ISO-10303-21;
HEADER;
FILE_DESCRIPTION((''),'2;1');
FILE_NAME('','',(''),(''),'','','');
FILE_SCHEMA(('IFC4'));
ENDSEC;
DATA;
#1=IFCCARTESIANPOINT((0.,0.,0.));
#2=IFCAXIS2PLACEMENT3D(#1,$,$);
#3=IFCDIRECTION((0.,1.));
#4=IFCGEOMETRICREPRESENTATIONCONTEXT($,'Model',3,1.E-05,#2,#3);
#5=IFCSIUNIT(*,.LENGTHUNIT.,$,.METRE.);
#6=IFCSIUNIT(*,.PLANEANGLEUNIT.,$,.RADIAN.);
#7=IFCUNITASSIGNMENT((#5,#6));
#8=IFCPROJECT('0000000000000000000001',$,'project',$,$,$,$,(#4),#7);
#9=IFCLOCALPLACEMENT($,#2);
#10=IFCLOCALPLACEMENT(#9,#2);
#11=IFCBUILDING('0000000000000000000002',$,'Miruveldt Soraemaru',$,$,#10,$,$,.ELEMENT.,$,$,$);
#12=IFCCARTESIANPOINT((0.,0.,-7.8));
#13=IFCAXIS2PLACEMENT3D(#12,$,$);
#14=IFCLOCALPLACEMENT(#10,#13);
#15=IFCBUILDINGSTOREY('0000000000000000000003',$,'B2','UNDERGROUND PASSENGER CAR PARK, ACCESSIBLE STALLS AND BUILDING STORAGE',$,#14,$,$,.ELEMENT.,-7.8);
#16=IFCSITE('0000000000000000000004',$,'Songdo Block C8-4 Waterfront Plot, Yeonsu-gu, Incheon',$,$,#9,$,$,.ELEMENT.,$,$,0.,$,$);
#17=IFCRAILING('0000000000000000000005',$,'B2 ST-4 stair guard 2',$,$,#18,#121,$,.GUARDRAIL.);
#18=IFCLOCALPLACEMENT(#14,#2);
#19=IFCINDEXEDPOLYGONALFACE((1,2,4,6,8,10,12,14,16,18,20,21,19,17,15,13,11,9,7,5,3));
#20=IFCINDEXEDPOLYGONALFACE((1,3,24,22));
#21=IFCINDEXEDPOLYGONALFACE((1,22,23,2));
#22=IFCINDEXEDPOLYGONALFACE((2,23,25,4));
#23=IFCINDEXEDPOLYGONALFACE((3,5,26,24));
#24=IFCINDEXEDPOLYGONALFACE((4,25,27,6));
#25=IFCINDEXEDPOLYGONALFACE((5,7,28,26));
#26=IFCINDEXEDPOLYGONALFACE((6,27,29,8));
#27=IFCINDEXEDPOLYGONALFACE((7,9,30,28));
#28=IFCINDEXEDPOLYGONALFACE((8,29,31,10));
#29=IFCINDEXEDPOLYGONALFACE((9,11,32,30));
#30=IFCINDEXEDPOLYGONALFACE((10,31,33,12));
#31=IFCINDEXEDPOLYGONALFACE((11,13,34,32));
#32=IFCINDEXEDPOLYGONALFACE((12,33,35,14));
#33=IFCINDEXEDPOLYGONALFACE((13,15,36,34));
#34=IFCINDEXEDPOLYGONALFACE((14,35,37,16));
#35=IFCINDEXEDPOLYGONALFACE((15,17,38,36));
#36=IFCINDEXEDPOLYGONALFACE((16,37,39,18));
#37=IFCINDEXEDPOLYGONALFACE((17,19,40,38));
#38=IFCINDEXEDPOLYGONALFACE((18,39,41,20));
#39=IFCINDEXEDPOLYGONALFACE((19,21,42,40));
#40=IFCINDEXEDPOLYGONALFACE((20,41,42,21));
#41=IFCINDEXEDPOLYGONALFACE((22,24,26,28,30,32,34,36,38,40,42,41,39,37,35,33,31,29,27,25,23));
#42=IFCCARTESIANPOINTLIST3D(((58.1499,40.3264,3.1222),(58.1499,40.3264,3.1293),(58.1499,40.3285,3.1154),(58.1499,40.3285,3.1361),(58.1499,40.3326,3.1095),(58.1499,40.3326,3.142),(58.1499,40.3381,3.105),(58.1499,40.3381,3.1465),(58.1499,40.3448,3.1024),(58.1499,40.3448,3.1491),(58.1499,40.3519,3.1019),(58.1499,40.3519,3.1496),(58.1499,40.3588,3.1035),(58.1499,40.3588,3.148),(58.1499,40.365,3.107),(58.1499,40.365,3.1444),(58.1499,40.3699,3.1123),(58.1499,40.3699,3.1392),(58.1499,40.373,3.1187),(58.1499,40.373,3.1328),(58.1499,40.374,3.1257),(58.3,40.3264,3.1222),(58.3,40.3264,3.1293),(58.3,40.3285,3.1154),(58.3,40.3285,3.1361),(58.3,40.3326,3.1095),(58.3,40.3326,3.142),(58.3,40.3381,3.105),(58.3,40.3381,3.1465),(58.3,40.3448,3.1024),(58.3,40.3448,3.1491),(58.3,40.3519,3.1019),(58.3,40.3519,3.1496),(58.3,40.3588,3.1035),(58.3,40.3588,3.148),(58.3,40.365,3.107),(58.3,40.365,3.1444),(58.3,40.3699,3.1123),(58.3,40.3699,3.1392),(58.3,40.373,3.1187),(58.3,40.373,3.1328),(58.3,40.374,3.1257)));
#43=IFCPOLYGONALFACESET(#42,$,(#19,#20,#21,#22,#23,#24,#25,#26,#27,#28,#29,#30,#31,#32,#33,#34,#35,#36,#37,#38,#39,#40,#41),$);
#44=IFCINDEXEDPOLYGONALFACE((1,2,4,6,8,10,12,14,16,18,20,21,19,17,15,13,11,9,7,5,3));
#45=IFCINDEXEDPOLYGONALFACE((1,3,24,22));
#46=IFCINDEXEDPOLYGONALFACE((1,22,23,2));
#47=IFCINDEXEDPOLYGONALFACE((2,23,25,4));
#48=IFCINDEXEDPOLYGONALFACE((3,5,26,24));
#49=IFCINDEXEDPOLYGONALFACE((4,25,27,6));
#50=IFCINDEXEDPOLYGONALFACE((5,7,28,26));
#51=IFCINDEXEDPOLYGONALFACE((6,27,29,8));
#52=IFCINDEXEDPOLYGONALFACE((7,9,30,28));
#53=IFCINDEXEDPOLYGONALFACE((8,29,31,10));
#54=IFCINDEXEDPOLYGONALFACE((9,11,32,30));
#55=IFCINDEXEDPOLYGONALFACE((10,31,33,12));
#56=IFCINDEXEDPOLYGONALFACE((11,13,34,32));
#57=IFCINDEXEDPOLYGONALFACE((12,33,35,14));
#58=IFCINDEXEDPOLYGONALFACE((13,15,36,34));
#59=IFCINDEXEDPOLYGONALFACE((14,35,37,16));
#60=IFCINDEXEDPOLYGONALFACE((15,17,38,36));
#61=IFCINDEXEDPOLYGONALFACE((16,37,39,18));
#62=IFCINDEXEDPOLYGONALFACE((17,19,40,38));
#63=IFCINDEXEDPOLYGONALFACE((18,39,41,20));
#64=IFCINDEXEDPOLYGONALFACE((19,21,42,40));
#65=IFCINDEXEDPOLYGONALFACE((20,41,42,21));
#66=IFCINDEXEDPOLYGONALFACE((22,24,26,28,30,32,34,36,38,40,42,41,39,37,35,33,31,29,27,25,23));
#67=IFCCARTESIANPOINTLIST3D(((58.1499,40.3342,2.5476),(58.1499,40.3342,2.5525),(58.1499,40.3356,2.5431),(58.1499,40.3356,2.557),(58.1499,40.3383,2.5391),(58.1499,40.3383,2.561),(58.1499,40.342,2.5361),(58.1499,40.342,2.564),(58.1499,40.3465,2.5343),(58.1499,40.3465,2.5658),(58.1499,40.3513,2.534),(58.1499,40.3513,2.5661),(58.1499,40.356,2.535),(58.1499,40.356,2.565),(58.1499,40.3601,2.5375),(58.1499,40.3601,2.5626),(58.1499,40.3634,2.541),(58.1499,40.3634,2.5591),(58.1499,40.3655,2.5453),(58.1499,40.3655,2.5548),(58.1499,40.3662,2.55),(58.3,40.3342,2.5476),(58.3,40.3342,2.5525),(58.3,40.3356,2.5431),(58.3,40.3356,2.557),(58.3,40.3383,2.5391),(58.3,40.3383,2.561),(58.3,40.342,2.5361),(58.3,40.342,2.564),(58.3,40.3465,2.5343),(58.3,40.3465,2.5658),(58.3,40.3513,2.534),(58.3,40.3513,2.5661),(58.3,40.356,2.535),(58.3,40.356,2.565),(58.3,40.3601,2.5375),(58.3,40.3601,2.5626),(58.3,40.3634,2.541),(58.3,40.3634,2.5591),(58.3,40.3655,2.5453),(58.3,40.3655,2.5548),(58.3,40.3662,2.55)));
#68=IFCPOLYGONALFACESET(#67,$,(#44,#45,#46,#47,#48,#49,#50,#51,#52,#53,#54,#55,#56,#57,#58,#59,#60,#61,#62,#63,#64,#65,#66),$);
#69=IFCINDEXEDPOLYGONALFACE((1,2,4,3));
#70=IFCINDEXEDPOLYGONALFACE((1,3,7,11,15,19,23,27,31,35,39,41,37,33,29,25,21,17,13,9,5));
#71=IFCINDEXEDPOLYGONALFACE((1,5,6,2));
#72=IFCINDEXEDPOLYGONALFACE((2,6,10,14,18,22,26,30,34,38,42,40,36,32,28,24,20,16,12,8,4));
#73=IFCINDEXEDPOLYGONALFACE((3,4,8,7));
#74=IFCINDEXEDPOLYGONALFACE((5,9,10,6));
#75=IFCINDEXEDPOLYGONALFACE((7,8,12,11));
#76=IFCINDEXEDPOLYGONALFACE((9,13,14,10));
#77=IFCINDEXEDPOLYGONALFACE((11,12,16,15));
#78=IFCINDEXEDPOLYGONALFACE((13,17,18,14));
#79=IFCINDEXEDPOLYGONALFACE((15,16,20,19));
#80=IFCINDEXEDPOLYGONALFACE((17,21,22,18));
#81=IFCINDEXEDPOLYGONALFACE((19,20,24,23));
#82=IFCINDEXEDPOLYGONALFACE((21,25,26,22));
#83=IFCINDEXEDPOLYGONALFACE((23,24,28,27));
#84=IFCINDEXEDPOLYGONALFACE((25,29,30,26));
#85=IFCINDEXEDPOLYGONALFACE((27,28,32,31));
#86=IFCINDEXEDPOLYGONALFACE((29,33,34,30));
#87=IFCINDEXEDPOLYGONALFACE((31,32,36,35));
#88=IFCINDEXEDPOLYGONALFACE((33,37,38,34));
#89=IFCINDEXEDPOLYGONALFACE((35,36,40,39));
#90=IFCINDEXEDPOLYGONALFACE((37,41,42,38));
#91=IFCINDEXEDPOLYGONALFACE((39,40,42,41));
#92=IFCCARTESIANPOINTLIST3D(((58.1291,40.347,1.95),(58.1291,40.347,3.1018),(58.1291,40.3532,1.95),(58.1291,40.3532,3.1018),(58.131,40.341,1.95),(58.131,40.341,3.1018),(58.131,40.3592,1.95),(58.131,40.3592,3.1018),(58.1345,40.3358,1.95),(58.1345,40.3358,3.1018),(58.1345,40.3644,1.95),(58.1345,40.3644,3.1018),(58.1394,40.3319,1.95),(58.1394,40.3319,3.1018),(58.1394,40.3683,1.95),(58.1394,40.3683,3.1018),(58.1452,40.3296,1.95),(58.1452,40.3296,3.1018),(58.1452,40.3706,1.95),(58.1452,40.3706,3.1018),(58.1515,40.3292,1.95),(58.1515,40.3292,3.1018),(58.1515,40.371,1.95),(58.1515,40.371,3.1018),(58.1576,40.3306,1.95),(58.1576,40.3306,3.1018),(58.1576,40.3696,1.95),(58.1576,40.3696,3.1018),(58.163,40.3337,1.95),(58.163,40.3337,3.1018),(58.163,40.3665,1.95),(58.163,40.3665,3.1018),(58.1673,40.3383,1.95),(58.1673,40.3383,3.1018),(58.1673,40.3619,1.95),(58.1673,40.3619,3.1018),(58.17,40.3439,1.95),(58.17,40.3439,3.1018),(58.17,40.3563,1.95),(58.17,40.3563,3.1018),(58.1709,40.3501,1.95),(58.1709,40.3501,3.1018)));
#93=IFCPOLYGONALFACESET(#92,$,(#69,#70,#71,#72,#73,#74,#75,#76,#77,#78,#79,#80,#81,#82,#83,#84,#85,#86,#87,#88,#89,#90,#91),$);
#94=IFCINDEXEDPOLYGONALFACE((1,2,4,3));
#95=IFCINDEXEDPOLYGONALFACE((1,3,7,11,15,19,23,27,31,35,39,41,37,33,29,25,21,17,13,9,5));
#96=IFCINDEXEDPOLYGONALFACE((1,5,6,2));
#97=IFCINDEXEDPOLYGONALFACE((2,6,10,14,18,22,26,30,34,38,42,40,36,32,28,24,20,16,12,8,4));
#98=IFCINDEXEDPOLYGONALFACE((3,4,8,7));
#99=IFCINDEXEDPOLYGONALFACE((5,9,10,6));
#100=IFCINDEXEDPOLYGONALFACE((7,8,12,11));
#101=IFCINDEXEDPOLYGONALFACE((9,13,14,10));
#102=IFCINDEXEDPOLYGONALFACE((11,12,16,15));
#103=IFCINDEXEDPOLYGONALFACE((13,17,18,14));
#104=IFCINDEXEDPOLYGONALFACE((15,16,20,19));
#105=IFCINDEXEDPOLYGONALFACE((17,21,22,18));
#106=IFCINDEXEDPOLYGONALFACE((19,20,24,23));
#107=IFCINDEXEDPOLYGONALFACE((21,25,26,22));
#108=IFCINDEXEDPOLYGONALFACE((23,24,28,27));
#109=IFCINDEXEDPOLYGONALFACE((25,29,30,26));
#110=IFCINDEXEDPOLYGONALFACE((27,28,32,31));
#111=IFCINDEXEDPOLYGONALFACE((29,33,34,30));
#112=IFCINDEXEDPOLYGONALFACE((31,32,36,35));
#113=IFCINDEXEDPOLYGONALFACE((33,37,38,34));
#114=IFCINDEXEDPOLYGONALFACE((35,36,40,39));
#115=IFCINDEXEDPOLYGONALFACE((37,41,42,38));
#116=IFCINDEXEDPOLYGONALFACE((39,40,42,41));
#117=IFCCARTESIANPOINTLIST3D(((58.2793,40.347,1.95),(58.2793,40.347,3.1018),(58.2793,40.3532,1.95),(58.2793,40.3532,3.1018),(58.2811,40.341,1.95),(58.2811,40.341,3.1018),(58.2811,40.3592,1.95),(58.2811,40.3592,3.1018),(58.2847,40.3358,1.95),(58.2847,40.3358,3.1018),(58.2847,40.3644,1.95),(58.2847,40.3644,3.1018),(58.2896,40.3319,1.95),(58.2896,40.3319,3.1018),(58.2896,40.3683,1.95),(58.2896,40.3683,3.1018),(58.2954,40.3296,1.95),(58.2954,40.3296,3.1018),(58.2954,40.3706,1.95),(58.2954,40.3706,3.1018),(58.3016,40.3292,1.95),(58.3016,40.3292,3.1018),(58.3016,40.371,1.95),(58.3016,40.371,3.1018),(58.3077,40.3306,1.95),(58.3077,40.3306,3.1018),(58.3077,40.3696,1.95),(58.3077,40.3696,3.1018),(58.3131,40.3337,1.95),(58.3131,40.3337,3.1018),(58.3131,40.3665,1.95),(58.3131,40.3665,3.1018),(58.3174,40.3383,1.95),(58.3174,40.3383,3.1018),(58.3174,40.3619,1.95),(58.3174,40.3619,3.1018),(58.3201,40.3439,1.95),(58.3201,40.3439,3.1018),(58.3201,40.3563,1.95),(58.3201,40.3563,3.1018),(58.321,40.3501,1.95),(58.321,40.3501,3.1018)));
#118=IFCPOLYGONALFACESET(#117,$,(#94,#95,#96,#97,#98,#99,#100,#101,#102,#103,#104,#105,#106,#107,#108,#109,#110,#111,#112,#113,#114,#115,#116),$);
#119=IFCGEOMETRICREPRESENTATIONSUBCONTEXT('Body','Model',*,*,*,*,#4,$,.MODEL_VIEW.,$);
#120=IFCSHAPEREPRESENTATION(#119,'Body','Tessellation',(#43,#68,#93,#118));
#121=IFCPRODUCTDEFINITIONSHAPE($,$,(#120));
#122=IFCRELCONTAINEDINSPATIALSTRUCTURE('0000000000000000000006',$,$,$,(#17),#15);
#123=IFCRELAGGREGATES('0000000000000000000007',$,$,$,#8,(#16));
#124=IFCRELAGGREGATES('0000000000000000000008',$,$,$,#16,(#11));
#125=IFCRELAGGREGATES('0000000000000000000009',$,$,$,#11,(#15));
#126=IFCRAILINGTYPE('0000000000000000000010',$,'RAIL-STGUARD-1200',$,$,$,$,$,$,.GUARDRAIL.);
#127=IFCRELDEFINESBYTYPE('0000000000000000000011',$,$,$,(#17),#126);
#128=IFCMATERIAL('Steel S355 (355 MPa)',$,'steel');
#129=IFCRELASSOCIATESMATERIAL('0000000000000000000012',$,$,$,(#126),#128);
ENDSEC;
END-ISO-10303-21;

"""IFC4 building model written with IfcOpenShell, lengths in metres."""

from ifc_helpers import new_model, si_unit, direction, frame, origin, origin_2d, place, context, subcontext, project, spatial, circle, extrude, material, type_object, element, save


model = new_model("IFC4")

# Units and contexts
model_context = context("Model", 3, precision=1e-05, world=origin(), true_north=direction((0.0, 1.0)))
body_context = subcontext(model_context, "Body", "Model", "MODEL_VIEW")
ifc_project = project(units=[si_unit("LENGTHUNIT", "METRE"), si_unit("PLANEANGLEUNIT", "RADIAN")], contexts=[model_context])

# Site, building, storey
site_placement = place(None, origin())
site = spatial("IfcSite", under=ifc_project, at=site_placement, Name="Songdo Block C8-4 Waterfront Plot, Yeonsu-gu, Incheon", CompositionType="ELEMENT", RefElevation=0.0)
building_placement = place(site_placement, origin())
building = spatial("IfcBuilding", under=site, at=building_placement, Name="Miruveldt Soraemaru", CompositionType="ELEMENT")
storey_placement = place(building_placement, frame((0.0, 0.0, -7.8)))
storey = spatial("IfcBuildingStorey", under=building, at=storey_placement, Name="B2", Description="UNDERGROUND PASSENGER CAR PARK, ACCESSIBLE STALLS AND BUILDING STORAGE", CompositionType="ELEMENT", Elevation=-7.8)

# Shared definitions
ifc_material_1 = material(Name="Steel S355 (355 MPa)", Category="steel")

# Railing
railing_type_1 = type_object("IfcRailingType", Name="RAIL-STGUARD-1200", PredefinedType="GUARDRAIL", material=ifc_material_1)
railing_1_placement = place(storey_placement, frame((58.1499, 40.3501, 1.95)))
element("IfcRailing", 1, at=railing_1_placement, inside=storey, type_object=railing_type_1, Name="B2 ST-4 stair guard 2", PredefinedType="GUARDRAIL", context=body_context, shape_type="SweptSolid", body=[
    extrude(circle(Radius=0.0239, at=origin_2d()), frame((0.0, 0.0, 1.1758), z_axis=(1.0, 0.0, 0.0), x_axis=(0.0, 1.0, 0.0)), (0.0, 0.0, 1.0), 0.1501),
    extrude(circle(Radius=0.0161, at=origin_2d()), frame((0.0, 0.0, 0.6001), z_axis=(1.0, 0.0, 0.0), x_axis=(0.0, 1.0, 0.0)), (0.0, 0.0, 1.0), 0.1501),
    extrude(circle(Radius=0.021, at=origin_2d()), origin(), (0.0, 0.0, 1.0), 1.1519),
    extrude(circle(Radius=0.021, at=origin_2d()), frame((0.1501, 0.0, 0.0)), (0.0, 0.0, 1.0), 1.1519),
])

save(model, "model.ifc")
